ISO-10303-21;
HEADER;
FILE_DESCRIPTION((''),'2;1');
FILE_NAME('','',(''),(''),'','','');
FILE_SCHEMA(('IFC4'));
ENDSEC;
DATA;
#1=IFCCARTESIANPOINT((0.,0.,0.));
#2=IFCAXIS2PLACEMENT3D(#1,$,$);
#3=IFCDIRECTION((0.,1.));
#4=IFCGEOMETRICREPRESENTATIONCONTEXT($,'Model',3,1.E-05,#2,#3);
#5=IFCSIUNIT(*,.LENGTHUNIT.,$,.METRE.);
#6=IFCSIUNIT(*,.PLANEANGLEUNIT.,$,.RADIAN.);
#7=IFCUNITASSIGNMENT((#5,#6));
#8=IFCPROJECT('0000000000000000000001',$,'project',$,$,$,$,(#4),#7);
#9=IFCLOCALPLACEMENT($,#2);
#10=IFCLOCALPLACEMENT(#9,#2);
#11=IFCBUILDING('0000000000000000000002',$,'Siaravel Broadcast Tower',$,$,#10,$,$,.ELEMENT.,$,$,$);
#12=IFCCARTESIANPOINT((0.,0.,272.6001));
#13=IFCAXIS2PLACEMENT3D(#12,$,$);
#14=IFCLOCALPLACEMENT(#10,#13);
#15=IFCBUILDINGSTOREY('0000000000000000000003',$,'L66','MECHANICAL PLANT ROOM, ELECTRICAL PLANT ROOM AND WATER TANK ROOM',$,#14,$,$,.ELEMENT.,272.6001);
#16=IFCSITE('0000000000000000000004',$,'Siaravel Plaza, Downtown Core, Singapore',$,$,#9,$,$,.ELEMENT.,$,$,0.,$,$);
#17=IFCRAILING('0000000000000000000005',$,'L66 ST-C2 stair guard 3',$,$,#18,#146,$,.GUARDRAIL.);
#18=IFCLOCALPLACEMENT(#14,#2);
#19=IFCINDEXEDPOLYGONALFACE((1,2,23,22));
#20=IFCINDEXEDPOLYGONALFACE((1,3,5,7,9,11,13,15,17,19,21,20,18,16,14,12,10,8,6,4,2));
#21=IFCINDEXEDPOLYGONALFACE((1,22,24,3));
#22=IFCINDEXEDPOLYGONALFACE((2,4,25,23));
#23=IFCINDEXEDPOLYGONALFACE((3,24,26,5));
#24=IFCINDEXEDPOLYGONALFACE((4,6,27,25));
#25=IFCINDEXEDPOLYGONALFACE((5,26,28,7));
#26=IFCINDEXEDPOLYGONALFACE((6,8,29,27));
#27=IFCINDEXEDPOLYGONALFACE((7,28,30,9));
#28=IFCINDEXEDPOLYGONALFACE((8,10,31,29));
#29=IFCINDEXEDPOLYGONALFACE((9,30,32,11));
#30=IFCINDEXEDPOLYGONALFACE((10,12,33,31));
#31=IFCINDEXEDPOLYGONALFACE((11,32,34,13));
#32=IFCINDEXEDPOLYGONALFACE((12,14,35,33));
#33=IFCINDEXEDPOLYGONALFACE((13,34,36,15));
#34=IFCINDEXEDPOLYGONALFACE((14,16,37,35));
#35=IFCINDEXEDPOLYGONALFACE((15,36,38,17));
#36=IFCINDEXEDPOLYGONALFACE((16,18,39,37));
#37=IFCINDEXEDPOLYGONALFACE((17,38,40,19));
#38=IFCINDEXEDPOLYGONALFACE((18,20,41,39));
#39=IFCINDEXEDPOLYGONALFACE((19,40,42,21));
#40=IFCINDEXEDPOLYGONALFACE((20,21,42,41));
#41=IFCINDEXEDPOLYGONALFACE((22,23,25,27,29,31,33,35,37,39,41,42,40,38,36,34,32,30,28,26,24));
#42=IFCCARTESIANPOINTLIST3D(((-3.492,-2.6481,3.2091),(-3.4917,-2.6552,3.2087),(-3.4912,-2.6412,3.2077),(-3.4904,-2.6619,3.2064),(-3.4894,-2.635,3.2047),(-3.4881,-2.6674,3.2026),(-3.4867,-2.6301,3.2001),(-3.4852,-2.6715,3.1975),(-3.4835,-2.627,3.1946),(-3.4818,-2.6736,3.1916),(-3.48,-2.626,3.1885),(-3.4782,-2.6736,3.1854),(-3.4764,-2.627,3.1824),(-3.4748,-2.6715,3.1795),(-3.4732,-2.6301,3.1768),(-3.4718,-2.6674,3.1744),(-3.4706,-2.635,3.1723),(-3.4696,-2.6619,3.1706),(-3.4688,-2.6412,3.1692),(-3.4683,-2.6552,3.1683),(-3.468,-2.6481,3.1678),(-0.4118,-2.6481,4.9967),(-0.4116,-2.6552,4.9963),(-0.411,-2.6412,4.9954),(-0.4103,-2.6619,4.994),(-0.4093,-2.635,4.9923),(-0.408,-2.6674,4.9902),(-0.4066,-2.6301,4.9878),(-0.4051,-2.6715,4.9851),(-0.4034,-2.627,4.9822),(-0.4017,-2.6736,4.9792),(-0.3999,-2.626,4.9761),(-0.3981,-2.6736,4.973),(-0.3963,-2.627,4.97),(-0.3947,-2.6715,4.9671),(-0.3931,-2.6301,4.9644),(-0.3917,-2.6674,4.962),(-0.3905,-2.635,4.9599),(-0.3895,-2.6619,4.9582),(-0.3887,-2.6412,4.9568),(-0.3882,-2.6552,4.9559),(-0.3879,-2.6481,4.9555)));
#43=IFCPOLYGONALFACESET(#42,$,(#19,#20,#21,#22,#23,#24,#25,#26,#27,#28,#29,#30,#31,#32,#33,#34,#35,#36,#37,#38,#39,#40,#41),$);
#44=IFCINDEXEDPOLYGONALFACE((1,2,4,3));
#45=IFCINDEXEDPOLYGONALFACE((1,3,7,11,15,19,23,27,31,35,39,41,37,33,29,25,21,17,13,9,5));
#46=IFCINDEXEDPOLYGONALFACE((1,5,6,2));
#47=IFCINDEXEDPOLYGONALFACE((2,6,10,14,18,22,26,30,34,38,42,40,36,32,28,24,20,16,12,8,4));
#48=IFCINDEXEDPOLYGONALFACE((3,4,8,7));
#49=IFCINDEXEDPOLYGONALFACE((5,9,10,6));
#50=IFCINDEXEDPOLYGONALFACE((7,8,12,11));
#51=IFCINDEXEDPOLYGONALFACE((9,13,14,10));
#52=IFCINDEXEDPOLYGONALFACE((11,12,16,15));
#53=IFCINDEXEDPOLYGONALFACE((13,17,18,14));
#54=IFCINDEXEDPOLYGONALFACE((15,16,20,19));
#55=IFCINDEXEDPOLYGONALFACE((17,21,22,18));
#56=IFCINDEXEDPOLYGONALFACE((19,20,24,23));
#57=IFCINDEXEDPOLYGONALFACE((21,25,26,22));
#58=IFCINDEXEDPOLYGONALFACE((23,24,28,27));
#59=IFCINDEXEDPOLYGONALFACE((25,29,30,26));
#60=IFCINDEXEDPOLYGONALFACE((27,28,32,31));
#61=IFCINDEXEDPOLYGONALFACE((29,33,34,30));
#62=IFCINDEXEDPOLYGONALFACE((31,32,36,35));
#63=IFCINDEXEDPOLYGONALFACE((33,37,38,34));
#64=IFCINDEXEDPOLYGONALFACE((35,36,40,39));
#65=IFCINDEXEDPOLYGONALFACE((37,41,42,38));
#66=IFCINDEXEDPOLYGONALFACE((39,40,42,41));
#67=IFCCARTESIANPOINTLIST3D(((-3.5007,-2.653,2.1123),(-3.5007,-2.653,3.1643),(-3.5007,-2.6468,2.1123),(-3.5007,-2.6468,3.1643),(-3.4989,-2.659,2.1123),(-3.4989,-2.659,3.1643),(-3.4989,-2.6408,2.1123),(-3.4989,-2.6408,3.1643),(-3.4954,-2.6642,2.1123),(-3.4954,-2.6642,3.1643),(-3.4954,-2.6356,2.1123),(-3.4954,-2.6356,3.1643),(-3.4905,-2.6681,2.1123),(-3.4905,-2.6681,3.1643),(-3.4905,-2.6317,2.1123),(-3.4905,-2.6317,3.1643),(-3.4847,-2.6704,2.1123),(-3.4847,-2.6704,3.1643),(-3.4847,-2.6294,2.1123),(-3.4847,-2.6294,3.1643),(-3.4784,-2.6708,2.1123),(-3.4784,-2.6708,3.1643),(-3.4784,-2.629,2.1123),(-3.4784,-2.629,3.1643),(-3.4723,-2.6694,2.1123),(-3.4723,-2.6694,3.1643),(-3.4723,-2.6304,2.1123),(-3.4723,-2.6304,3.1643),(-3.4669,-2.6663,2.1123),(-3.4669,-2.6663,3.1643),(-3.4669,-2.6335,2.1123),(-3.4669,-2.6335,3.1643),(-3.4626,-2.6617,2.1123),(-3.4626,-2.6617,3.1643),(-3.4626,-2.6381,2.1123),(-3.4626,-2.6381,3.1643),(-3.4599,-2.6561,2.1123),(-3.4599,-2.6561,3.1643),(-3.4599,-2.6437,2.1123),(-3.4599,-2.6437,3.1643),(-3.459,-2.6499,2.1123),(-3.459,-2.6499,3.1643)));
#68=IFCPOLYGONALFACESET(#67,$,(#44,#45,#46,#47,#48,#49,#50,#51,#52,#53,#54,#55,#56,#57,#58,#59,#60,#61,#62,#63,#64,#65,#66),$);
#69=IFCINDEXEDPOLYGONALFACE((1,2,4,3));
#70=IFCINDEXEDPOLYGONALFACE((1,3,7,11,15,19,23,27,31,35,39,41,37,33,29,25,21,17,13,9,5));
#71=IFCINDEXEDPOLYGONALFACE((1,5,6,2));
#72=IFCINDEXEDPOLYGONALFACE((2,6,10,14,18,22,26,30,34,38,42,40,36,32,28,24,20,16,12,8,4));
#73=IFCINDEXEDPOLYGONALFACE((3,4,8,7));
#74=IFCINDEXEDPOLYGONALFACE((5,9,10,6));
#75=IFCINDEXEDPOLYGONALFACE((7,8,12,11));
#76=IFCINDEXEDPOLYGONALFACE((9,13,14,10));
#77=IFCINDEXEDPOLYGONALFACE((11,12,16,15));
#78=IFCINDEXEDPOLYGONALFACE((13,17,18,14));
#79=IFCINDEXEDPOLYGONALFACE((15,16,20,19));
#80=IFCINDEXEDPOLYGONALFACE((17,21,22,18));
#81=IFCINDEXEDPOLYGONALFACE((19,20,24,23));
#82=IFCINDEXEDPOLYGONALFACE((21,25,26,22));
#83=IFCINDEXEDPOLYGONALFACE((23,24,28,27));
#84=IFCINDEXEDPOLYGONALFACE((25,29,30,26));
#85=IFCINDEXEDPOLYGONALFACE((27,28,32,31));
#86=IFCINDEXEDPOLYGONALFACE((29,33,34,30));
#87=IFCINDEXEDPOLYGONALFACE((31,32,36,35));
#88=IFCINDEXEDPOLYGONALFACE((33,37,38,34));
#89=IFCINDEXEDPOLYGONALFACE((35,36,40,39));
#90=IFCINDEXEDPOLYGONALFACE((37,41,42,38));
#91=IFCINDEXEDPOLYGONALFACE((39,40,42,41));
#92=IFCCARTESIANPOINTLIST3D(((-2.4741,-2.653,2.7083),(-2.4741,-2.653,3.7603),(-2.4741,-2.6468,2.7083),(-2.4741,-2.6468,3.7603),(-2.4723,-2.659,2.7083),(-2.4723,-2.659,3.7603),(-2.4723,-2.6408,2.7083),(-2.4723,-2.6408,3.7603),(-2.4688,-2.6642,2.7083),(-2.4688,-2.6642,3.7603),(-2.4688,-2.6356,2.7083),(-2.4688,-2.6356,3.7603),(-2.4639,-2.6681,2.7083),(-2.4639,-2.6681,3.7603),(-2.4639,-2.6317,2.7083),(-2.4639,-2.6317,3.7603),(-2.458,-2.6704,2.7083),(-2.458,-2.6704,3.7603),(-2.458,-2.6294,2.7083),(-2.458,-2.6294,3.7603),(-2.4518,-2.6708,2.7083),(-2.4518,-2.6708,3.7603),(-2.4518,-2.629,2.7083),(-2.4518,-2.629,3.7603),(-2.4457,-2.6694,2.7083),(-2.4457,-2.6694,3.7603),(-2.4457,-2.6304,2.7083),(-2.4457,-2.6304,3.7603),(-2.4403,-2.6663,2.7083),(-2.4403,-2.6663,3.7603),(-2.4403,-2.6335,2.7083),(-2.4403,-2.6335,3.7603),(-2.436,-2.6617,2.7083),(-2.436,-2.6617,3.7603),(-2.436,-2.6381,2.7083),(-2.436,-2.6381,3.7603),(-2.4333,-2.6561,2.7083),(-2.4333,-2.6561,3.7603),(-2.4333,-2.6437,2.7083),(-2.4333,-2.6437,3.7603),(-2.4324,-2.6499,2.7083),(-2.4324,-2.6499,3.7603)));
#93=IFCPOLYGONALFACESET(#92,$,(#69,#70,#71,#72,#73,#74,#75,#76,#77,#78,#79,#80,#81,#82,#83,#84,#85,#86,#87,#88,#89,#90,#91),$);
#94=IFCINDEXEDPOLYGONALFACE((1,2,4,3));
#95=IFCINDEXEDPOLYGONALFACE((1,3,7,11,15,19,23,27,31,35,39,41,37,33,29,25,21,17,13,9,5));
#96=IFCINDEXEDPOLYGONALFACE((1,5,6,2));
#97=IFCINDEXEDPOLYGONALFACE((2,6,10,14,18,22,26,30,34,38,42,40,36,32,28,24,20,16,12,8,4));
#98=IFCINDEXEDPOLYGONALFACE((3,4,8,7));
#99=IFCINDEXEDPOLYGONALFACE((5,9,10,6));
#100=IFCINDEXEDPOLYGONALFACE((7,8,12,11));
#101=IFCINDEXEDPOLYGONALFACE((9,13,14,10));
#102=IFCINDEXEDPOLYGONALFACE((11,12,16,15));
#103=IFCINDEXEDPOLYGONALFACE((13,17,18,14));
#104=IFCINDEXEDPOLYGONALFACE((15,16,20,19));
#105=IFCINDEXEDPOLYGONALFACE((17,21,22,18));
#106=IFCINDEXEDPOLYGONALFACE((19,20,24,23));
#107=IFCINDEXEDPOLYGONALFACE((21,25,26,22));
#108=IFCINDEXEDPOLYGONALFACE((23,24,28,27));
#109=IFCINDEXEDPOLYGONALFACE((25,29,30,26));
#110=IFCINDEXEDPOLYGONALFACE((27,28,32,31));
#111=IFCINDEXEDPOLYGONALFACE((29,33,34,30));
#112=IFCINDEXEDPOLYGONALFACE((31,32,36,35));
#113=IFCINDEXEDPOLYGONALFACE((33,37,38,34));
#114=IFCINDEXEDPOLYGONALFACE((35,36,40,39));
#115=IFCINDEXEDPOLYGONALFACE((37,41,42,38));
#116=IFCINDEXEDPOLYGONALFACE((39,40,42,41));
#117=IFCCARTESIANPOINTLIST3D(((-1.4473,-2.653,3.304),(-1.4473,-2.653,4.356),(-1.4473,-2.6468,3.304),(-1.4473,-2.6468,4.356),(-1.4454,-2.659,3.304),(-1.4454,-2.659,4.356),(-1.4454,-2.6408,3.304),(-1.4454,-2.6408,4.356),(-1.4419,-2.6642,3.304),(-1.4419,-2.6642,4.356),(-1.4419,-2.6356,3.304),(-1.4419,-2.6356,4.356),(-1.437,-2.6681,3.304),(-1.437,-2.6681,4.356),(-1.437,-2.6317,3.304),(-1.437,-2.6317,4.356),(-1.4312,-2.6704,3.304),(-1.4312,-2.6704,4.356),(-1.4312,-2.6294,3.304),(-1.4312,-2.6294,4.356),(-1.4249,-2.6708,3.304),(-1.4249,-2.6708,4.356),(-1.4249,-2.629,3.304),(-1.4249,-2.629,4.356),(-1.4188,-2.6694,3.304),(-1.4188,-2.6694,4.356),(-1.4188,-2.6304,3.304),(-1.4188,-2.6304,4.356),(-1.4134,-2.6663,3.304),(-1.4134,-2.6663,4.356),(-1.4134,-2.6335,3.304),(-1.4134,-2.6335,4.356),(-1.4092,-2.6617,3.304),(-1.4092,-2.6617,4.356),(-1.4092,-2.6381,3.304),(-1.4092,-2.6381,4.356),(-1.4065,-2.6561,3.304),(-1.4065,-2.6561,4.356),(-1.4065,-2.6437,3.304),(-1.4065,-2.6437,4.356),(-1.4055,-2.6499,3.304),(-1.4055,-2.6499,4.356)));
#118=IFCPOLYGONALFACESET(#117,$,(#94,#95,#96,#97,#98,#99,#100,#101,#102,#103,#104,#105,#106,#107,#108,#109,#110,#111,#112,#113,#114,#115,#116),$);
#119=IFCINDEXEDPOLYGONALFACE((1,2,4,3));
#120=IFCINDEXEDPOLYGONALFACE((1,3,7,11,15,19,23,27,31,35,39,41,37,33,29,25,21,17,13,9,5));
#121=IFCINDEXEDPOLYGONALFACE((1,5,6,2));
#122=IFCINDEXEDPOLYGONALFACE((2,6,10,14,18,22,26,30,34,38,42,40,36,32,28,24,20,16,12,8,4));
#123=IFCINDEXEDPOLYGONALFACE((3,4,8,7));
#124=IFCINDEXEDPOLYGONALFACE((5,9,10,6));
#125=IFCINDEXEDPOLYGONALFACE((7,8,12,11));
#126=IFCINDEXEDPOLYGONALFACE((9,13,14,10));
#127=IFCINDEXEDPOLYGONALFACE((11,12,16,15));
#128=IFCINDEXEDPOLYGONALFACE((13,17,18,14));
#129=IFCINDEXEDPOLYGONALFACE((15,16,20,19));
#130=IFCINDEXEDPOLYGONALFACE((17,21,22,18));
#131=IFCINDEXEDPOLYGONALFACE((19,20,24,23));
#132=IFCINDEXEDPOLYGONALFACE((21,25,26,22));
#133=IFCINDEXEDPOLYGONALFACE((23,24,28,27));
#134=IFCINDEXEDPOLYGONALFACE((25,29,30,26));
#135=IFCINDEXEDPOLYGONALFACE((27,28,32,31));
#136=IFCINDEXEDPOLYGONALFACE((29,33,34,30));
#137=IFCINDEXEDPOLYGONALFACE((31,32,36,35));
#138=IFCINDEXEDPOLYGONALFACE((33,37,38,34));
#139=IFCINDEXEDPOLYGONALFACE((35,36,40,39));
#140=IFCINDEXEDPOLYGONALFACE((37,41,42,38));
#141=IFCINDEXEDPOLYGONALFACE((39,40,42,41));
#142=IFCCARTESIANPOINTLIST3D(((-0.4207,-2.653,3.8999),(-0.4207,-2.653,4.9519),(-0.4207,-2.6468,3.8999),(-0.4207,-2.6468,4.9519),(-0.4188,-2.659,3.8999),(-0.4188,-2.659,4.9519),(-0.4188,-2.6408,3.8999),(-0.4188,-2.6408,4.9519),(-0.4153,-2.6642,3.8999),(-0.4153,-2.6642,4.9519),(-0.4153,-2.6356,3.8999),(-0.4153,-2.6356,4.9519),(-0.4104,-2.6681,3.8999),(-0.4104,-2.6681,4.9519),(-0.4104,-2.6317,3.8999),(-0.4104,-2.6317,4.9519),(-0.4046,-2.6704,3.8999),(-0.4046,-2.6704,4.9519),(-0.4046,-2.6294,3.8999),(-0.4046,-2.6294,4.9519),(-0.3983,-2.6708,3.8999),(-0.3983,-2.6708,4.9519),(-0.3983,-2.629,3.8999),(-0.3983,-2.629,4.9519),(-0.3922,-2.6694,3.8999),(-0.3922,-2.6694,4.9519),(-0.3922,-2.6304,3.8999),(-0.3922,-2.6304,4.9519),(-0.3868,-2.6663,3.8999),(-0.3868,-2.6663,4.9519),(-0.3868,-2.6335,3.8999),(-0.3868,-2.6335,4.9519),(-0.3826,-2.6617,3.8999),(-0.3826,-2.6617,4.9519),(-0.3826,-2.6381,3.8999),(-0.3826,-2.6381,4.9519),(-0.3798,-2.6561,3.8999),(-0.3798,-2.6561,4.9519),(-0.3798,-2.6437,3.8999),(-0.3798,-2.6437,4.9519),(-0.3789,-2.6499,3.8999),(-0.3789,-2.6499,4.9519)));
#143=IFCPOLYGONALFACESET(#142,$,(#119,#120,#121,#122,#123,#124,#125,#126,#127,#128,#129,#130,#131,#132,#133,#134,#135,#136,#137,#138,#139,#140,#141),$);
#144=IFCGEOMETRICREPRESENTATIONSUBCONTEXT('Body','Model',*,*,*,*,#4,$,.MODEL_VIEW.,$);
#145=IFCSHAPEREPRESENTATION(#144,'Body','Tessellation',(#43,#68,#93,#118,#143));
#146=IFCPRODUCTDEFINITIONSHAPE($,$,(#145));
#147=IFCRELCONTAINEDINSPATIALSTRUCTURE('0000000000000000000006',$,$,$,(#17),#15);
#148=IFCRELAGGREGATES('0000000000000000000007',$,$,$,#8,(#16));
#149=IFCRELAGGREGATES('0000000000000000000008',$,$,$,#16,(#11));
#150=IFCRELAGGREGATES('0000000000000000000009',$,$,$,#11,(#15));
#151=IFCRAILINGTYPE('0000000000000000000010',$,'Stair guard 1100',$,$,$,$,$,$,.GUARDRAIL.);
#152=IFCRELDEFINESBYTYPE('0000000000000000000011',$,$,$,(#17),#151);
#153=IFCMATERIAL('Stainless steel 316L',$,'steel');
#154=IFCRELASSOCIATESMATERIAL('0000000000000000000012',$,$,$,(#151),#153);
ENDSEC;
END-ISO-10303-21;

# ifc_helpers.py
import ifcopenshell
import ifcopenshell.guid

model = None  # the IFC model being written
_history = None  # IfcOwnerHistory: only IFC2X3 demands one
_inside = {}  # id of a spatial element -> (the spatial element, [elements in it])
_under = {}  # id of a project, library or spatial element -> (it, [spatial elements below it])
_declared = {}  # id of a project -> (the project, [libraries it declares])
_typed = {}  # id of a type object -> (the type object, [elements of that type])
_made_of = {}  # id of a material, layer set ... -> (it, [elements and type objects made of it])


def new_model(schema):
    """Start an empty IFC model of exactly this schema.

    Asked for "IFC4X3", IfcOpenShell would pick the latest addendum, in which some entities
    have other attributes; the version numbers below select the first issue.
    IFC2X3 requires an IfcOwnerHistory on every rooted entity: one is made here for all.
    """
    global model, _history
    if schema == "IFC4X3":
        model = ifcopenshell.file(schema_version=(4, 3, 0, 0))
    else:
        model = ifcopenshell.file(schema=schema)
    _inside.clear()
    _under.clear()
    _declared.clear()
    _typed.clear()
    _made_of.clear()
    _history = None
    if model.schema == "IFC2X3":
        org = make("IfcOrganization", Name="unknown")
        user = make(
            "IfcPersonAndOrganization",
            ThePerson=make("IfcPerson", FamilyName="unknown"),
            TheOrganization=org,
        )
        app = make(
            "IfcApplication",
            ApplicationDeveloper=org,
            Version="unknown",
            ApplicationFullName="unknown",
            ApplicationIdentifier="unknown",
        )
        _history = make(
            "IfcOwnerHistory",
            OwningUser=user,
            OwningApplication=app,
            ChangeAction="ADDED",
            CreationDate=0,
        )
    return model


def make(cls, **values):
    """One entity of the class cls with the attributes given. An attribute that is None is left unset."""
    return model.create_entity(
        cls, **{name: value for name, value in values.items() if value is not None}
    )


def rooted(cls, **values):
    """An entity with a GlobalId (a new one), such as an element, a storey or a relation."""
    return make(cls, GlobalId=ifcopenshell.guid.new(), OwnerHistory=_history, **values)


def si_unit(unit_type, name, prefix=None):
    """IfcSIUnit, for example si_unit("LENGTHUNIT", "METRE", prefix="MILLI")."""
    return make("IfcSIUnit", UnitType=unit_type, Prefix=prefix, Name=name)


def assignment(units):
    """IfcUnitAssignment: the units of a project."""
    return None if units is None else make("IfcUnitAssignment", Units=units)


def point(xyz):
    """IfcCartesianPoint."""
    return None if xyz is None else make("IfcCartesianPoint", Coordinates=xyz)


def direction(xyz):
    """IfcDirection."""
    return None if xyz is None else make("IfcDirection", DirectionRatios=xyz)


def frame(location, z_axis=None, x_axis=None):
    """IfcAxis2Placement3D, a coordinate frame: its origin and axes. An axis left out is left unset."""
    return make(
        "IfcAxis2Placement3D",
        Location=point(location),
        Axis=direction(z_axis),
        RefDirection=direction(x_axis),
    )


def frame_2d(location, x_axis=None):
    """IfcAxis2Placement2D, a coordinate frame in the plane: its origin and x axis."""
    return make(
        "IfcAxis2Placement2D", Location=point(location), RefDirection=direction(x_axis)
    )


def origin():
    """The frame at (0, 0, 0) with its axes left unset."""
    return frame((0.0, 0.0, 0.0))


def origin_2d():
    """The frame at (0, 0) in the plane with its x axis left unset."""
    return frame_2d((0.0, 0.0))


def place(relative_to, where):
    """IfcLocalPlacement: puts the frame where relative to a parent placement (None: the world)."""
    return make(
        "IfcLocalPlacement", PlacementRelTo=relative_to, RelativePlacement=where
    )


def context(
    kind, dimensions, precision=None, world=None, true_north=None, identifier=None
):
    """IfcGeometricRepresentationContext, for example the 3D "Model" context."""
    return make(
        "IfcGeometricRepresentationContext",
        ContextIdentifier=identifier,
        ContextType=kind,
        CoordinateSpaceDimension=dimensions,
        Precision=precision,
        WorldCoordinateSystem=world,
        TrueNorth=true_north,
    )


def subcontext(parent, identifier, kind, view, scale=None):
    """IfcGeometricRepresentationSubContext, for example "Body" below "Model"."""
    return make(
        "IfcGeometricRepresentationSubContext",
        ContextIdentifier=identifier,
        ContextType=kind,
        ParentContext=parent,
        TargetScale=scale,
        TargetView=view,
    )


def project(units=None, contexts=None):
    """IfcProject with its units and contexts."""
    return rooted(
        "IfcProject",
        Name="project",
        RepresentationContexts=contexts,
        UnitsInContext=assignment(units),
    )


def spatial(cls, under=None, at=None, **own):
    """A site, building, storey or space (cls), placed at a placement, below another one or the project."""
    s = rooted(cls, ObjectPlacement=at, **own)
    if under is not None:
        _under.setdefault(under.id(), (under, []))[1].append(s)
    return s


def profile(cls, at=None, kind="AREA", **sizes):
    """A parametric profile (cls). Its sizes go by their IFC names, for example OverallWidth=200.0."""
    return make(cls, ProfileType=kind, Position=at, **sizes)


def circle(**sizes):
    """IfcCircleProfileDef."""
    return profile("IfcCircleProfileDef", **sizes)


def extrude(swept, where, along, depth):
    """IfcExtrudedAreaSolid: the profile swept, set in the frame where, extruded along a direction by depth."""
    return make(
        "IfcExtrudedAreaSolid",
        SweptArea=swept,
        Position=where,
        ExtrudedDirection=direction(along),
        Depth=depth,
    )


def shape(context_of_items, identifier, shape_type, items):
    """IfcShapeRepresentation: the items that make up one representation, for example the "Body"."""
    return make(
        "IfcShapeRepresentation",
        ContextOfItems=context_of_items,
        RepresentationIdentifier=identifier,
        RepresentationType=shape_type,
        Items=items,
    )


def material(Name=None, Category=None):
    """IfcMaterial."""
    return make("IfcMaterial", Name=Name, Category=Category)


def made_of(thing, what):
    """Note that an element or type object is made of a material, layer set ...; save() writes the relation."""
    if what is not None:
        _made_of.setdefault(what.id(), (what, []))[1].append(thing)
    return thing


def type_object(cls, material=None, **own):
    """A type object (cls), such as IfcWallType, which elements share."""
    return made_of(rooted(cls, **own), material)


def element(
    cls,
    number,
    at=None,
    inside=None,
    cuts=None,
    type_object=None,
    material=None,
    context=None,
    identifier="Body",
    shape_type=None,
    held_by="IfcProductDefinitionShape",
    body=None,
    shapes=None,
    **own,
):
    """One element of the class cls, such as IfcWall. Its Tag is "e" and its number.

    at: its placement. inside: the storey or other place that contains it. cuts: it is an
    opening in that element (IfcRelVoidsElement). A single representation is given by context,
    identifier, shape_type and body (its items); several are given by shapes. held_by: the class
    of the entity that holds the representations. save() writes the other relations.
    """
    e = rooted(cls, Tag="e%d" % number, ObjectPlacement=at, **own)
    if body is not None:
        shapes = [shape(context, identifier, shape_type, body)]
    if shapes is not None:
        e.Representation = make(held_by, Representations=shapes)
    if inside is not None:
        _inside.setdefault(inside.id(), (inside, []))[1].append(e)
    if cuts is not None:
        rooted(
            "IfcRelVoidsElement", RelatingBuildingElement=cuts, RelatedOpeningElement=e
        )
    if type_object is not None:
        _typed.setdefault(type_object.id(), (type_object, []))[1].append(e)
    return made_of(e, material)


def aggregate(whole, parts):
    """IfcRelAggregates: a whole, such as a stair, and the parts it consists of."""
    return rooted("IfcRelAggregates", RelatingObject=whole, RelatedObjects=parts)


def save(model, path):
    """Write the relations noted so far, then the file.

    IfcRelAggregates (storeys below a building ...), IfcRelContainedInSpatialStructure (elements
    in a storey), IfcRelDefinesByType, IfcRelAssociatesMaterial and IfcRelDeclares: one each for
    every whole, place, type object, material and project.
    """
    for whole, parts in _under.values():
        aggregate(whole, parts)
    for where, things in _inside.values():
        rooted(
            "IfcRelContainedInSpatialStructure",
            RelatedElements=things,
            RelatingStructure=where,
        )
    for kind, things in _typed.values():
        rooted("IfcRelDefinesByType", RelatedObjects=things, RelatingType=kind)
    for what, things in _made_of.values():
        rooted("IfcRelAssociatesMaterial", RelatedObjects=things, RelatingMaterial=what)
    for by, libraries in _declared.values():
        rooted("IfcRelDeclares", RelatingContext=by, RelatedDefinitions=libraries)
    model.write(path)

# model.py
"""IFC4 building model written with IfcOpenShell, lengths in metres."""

from ifc_helpers import new_model, si_unit, direction, frame, origin, origin_2d, place, context, subcontext, project, spatial, circle, extrude, material, type_object, element, save


model = new_model("IFC4")

# Units and contexts
model_context = context("Model", 3, precision=1e-05, world=origin(), true_north=direction((0.0, 1.0)))
body_context = subcontext(model_context, "Body", "Model", "MODEL_VIEW")
ifc_project = project(units=[si_unit("LENGTHUNIT", "METRE"), si_unit("PLANEANGLEUNIT", "RADIAN")], contexts=[model_context])

# Site, building, storey
site_placement = place(None, origin())
site = spatial("IfcSite", under=ifc_project, at=site_placement, Name="Siaravel Plaza, Downtown Core, Singapore", CompositionType="ELEMENT", RefElevation=0.0)
building_placement = place(site_placement, origin())
building = spatial("IfcBuilding", under=site, at=building_placement, Name="Siaravel Broadcast Tower", CompositionType="ELEMENT")
storey_placement = place(building_placement, frame((0.0, 0.0, 272.6001)))
storey = spatial("IfcBuildingStorey", under=building, at=storey_placement, Name="L66", Description="MECHANICAL PLANT ROOM, ELECTRICAL PLANT ROOM AND WATER TANK ROOM", CompositionType="ELEMENT", Elevation=272.6001)

# Shared definitions
ifc_material_1 = material(Name="Stainless steel 316L", Category="steel")

# Railing
railing_type_1 = type_object("IfcRailingType", Name="Stair guard 1100", PredefinedType="GUARDRAIL", material=ifc_material_1)
railing_1_placement = place(storey_placement, frame((-3.48, -2.6499, 2.1123)))
element("IfcRailing", 1, at=railing_1_placement, inside=storey, type_object=railing_type_1, Name="L66 ST-C2 stair guard 3", PredefinedType="GUARDRAIL", context=body_context, shape_type="SweptSolid", body=[
    extrude(circle(Radius=0.0239, at=origin_2d()), frame((0.0, 0.0, 1.0762), z_axis=(0.864891, 0.0, 0.50196), x_axis=(0.0, 1.0, 0.0)), (0.0, 0.0, 1.0), 3.5613),
    extrude(circle(Radius=0.021, at=origin_2d()), origin(), (0.0, 0.0, 1.0), 1.052),
    extrude(circle(Radius=0.021, at=origin_2d()), frame((1.0266, 0.0, 0.5959)), (0.0, 0.0, 1.0), 1.052),
    extrude(circle(Radius=0.021, at=origin_2d()), frame((2.0535, 0.0, 1.1917)), (0.0, 0.0, 1.0), 1.052),
    extrude(circle(Radius=0.021, at=origin_2d()), frame((3.0801, 0.0, 1.7876)), (0.0, 0.0, 1.0), 1.052),
])

save(model, "model.ifc")
